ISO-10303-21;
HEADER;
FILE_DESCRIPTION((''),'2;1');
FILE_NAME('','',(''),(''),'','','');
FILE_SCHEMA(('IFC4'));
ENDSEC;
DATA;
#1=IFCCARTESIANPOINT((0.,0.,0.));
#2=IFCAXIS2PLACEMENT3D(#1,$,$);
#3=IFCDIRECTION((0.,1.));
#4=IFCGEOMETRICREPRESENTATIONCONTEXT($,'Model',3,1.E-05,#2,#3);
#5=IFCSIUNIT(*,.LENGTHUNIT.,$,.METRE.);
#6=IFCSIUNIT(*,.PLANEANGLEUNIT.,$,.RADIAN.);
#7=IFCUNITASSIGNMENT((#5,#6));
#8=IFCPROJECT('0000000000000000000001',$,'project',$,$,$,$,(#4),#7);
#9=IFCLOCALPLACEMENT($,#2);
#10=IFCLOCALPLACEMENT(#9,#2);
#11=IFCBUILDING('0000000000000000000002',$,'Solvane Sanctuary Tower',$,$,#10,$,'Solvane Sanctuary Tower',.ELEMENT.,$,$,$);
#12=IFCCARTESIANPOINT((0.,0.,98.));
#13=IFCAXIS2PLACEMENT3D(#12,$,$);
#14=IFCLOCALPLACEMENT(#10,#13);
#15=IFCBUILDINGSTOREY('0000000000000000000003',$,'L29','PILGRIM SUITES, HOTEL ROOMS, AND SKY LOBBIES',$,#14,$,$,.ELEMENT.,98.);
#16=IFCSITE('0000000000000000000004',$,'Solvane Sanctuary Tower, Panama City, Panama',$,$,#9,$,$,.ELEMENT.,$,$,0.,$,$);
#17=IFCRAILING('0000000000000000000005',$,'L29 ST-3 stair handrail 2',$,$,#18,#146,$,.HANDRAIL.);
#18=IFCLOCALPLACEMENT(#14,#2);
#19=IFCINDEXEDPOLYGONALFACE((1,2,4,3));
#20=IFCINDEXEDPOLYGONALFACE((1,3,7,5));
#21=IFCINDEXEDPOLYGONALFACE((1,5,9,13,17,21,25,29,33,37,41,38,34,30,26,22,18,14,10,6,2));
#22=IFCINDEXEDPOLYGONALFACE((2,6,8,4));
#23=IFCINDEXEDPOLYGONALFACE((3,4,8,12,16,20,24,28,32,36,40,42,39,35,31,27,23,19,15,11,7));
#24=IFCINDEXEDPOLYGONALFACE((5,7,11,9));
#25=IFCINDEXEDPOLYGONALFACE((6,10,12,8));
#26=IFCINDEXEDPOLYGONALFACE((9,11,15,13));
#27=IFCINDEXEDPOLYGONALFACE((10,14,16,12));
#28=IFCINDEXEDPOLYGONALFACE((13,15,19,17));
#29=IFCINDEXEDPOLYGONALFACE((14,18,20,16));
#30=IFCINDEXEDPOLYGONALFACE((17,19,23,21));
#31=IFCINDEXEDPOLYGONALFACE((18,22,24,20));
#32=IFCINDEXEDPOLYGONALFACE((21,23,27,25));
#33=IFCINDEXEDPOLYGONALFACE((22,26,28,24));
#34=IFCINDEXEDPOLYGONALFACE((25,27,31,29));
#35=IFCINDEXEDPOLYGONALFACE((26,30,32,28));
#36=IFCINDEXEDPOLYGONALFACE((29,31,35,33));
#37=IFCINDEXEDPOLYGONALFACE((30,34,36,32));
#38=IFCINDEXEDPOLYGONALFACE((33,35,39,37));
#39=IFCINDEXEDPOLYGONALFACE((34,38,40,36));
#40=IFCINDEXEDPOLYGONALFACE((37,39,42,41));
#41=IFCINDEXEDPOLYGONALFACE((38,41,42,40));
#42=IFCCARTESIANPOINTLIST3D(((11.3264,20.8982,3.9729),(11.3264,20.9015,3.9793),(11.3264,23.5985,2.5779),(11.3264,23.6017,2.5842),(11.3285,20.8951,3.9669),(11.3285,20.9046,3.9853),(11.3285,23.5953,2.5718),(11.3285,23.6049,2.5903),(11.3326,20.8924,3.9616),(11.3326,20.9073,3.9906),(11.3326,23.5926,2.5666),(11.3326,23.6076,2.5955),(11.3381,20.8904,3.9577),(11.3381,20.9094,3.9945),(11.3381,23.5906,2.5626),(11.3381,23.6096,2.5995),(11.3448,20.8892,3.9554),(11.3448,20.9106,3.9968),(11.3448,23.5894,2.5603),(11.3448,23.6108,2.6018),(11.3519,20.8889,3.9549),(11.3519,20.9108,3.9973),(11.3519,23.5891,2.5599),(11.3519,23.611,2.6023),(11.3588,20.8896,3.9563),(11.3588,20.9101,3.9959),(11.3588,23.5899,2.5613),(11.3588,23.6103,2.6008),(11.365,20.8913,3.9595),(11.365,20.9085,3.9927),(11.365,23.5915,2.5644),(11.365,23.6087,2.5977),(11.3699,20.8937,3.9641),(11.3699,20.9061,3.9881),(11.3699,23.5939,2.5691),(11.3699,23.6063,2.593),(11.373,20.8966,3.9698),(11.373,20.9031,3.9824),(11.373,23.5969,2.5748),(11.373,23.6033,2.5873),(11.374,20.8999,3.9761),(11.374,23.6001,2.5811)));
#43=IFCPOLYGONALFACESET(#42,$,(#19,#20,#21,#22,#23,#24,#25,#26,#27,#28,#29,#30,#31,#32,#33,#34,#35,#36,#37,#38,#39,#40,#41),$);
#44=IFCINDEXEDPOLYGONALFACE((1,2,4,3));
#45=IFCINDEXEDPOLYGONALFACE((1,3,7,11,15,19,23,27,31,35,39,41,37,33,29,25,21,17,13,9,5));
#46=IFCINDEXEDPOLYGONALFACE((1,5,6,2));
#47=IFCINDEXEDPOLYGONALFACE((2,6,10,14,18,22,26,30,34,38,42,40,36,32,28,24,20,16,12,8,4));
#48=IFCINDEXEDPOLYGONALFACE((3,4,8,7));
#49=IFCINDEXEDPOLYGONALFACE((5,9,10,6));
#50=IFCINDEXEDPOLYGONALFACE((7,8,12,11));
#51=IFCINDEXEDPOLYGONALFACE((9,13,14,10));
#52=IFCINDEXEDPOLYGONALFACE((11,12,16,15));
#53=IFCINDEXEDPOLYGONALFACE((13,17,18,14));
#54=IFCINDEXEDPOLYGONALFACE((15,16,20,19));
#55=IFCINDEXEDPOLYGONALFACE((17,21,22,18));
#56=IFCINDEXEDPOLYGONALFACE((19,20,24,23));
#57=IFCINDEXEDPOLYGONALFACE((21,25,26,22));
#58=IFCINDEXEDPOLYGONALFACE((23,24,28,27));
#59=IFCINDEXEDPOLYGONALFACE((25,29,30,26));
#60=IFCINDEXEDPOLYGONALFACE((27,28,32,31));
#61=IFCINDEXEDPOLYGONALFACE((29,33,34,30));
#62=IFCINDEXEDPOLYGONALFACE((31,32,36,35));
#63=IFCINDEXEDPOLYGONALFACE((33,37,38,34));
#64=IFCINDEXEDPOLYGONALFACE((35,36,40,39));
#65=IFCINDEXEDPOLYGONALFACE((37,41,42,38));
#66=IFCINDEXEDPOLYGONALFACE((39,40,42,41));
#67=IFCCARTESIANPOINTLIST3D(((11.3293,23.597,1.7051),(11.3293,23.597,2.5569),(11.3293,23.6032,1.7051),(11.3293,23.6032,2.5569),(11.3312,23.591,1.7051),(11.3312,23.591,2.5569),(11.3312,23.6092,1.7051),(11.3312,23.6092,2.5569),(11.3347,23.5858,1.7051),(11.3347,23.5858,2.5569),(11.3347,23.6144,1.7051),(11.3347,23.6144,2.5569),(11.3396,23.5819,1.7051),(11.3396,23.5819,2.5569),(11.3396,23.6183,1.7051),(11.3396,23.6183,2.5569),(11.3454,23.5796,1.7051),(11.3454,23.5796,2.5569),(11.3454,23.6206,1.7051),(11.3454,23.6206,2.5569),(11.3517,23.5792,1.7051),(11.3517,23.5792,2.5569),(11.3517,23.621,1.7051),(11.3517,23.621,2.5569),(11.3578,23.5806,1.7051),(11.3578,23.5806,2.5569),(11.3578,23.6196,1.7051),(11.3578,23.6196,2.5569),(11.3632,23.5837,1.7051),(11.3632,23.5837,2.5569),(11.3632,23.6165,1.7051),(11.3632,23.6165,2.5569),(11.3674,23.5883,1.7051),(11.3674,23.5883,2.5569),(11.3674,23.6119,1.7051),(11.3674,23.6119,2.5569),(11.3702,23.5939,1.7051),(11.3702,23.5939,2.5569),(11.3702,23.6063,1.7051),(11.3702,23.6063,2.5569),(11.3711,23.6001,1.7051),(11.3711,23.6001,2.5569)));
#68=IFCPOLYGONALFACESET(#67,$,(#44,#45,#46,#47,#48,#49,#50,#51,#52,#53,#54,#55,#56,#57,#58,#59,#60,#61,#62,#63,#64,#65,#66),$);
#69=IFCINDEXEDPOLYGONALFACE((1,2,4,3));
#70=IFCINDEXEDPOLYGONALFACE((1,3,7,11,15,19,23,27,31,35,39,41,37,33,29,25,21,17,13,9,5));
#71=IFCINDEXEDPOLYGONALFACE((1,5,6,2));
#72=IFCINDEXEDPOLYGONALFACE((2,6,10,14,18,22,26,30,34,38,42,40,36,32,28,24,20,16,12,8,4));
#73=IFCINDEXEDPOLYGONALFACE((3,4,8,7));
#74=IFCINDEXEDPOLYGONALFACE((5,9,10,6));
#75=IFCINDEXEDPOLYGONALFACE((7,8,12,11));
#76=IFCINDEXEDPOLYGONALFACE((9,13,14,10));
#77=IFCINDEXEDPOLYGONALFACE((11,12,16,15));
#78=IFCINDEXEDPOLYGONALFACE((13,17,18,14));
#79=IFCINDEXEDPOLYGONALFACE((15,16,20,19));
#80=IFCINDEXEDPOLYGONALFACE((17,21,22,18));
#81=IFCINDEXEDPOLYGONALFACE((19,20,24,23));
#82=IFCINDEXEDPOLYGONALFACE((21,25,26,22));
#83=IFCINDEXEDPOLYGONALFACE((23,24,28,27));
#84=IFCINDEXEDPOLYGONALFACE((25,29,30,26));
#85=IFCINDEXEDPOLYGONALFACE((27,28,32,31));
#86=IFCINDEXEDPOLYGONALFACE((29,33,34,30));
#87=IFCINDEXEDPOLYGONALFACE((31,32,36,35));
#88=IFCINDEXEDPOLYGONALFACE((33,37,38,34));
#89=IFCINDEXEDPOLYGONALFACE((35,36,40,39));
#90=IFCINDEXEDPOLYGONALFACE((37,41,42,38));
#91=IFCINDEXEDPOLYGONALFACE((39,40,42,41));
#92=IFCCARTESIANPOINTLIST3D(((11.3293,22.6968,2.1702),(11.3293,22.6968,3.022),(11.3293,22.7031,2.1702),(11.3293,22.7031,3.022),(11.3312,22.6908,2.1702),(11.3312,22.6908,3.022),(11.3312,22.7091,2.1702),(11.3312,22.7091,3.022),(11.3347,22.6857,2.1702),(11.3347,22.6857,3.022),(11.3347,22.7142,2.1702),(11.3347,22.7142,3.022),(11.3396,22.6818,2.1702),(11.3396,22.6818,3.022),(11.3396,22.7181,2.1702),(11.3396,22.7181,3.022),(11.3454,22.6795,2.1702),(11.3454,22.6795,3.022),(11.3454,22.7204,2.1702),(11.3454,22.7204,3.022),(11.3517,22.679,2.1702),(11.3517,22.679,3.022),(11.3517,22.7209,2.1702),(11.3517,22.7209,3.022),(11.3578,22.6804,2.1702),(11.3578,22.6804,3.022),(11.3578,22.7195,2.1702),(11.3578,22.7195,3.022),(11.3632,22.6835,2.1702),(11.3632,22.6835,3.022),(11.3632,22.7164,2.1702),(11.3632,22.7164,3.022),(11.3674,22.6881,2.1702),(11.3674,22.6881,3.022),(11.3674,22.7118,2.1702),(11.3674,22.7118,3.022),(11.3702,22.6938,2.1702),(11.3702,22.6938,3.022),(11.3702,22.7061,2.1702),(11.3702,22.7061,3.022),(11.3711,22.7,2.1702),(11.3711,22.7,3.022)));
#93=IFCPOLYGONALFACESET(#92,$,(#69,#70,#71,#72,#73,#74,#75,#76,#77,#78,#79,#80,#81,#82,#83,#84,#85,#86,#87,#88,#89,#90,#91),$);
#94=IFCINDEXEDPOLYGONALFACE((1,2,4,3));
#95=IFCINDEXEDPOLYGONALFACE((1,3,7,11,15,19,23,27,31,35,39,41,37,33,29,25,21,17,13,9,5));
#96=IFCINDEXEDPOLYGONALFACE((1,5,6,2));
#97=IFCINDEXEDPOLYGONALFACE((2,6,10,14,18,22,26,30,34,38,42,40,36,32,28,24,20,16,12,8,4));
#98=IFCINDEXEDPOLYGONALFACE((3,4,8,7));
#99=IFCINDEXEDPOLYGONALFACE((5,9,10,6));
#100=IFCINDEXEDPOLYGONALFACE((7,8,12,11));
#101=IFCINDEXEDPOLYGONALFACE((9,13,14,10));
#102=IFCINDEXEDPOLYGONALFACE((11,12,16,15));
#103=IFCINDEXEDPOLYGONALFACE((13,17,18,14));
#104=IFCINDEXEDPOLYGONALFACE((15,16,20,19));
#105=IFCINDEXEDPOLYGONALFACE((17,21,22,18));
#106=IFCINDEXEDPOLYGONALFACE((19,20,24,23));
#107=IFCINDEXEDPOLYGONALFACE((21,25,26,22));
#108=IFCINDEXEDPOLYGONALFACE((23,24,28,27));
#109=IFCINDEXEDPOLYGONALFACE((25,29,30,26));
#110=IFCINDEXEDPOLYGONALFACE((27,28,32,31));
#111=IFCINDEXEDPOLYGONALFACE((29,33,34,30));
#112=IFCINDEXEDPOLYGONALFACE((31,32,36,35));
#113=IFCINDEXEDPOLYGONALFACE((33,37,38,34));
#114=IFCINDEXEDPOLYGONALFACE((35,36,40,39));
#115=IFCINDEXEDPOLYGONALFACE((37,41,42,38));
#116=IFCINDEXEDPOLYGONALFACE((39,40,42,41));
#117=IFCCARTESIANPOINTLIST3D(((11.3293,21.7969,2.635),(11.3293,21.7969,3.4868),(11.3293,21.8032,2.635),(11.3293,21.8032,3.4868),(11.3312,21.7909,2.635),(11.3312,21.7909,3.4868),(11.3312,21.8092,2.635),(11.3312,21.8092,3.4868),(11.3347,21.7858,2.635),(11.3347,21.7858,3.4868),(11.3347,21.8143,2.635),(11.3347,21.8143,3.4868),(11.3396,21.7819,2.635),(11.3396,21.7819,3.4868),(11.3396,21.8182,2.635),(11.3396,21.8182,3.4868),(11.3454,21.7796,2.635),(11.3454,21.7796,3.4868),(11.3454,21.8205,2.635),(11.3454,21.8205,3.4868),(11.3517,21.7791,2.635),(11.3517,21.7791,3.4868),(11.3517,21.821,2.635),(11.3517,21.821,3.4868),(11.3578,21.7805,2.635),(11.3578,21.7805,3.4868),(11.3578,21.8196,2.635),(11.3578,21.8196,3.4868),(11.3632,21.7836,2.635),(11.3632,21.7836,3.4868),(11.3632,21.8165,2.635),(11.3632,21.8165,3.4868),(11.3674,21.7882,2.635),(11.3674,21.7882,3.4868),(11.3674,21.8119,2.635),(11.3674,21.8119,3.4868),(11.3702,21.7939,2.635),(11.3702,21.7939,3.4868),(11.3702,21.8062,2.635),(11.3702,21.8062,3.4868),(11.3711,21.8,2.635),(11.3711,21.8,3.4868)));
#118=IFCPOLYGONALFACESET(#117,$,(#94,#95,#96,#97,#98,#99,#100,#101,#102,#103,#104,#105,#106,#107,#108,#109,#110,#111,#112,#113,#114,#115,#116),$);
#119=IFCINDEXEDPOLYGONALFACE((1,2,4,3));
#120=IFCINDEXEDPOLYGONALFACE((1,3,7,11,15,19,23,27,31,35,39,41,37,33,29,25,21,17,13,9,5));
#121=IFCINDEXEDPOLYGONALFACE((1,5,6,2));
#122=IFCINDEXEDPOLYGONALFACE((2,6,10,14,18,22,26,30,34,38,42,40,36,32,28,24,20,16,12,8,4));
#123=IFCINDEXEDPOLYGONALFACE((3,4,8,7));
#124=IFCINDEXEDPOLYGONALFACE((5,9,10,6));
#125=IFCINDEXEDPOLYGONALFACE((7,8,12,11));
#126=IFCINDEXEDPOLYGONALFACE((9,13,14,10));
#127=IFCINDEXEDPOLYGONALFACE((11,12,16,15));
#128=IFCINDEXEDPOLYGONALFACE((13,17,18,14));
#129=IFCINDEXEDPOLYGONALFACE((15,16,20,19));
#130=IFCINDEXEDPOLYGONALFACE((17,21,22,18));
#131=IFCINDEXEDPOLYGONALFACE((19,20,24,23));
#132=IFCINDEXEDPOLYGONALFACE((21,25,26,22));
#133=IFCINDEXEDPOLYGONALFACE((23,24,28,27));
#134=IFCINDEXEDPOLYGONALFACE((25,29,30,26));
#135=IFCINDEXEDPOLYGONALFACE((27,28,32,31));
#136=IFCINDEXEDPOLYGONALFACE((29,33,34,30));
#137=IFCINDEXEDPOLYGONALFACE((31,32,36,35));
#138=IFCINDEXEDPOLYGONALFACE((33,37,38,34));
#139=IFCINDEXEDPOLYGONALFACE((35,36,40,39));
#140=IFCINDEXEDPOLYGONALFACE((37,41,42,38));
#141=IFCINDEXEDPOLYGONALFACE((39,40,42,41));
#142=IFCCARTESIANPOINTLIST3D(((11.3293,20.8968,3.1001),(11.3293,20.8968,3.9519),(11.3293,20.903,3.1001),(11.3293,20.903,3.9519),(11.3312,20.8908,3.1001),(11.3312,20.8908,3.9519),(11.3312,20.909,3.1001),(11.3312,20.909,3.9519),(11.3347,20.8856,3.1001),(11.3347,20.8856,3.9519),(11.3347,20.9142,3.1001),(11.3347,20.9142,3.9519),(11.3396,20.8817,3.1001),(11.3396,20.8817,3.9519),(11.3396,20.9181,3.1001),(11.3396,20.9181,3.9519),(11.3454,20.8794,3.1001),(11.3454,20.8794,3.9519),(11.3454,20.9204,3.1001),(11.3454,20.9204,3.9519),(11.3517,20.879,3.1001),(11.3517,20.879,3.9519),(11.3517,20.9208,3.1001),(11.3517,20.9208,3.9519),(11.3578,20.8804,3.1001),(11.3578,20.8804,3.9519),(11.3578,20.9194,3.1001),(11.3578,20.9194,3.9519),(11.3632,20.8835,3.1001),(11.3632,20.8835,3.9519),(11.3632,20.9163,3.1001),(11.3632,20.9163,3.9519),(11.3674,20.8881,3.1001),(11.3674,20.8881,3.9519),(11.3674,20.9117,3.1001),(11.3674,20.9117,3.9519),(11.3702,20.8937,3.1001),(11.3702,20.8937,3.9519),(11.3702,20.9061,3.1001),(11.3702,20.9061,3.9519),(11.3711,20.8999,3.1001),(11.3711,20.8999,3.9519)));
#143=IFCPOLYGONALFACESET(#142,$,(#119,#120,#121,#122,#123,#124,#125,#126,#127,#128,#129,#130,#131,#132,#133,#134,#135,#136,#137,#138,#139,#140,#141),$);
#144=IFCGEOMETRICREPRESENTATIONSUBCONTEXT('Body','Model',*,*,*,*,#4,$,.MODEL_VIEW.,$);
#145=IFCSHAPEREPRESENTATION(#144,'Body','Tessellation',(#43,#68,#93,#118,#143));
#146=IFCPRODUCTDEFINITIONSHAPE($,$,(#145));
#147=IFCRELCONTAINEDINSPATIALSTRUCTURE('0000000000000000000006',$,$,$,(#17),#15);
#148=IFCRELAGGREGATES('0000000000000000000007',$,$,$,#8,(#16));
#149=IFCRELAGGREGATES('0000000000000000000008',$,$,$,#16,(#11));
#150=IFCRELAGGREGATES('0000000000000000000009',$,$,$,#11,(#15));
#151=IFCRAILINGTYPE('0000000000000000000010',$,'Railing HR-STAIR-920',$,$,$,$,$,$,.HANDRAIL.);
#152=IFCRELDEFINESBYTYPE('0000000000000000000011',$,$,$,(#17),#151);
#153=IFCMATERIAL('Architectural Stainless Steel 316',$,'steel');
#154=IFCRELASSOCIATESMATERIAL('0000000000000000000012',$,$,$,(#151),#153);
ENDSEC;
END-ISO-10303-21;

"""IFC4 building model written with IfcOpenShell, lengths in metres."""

from ifc_helpers import new_model, si_unit, direction, frame, origin, origin_2d, place, context, subcontext, project, spatial, circle, extrude, material, type_object, element, save


model = new_model("IFC4")

# Units and contexts
model_context = context("Model", 3, precision=1e-05, world=origin(), true_north=direction((0.0, 1.0)))
body_context = subcontext(model_context, "Body", "Model", "MODEL_VIEW")
ifc_project = project(units=[si_unit("LENGTHUNIT", "METRE"), si_unit("PLANEANGLEUNIT", "RADIAN")], contexts=[model_context])

# Site, building, storey
site_placement = place(None, origin())
site = spatial("IfcSite", under=ifc_project, at=site_placement, Name="Solvane Sanctuary Tower, Panama City, Panama", CompositionType="ELEMENT", RefElevation=0.0)
building_placement = place(site_placement, origin())
building = spatial("IfcBuilding", under=site, at=building_placement, Name="Solvane Sanctuary Tower", LongName="Solvane Sanctuary Tower", CompositionType="ELEMENT")
storey_placement = place(building_placement, frame((0.0, 0.0, 98.0)))
storey = spatial("IfcBuildingStorey", under=building, at=storey_placement, Name="L29", Description="PILGRIM SUITES, HOTEL ROOMS, AND SKY LOBBIES", CompositionType="ELEMENT", Elevation=98.0)

# Railing
ifc_material_1 = material(Name="Architectural Stainless Steel 316", Category="steel")
railing_type_1 = type_object("IfcRailingType", Name="Railing HR-STAIR-920", PredefinedType="HANDRAIL", material=ifc_material_1)
railing_1_placement = place(storey_placement, frame((11.3501, 23.6001, 1.7051)))
element("IfcRailing", 1, at=railing_1_placement, inside=storey, type_object=railing_type_1, Name="L29 ST-3 stair handrail 2", PredefinedType="HANDRAIL", context=body_context, shape_type="SweptSolid", body=[
    extrude(circle(Radius=0.0239, at=origin_2d()), frame((0.0, 0.0, 0.876), z_axis=(0.0, -0.888437, 0.458999), x_axis=(1.0, 0.0, 0.0)), (0.0, 0.0, 1.0), 3.0393),
    extrude(circle(Radius=0.021, at=origin_2d()), origin(), (0.0, 0.0, 1.0), 0.8518),
    extrude(circle(Radius=0.021, at=origin_2d()), frame((0.0, -0.9001, 0.4651)), (0.0, 0.0, 1.0), 0.8518),
    extrude(circle(Radius=0.021, at=origin_2d()), frame((0.0, -1.8, 0.9299)), (0.0, 0.0, 1.0), 0.8518),
    extrude(circle(Radius=0.021, at=origin_2d()), frame((0.0, -2.7002, 1.395)), (0.0, 0.0, 1.0), 0.8518),
])

save(model, "model.ifc")
